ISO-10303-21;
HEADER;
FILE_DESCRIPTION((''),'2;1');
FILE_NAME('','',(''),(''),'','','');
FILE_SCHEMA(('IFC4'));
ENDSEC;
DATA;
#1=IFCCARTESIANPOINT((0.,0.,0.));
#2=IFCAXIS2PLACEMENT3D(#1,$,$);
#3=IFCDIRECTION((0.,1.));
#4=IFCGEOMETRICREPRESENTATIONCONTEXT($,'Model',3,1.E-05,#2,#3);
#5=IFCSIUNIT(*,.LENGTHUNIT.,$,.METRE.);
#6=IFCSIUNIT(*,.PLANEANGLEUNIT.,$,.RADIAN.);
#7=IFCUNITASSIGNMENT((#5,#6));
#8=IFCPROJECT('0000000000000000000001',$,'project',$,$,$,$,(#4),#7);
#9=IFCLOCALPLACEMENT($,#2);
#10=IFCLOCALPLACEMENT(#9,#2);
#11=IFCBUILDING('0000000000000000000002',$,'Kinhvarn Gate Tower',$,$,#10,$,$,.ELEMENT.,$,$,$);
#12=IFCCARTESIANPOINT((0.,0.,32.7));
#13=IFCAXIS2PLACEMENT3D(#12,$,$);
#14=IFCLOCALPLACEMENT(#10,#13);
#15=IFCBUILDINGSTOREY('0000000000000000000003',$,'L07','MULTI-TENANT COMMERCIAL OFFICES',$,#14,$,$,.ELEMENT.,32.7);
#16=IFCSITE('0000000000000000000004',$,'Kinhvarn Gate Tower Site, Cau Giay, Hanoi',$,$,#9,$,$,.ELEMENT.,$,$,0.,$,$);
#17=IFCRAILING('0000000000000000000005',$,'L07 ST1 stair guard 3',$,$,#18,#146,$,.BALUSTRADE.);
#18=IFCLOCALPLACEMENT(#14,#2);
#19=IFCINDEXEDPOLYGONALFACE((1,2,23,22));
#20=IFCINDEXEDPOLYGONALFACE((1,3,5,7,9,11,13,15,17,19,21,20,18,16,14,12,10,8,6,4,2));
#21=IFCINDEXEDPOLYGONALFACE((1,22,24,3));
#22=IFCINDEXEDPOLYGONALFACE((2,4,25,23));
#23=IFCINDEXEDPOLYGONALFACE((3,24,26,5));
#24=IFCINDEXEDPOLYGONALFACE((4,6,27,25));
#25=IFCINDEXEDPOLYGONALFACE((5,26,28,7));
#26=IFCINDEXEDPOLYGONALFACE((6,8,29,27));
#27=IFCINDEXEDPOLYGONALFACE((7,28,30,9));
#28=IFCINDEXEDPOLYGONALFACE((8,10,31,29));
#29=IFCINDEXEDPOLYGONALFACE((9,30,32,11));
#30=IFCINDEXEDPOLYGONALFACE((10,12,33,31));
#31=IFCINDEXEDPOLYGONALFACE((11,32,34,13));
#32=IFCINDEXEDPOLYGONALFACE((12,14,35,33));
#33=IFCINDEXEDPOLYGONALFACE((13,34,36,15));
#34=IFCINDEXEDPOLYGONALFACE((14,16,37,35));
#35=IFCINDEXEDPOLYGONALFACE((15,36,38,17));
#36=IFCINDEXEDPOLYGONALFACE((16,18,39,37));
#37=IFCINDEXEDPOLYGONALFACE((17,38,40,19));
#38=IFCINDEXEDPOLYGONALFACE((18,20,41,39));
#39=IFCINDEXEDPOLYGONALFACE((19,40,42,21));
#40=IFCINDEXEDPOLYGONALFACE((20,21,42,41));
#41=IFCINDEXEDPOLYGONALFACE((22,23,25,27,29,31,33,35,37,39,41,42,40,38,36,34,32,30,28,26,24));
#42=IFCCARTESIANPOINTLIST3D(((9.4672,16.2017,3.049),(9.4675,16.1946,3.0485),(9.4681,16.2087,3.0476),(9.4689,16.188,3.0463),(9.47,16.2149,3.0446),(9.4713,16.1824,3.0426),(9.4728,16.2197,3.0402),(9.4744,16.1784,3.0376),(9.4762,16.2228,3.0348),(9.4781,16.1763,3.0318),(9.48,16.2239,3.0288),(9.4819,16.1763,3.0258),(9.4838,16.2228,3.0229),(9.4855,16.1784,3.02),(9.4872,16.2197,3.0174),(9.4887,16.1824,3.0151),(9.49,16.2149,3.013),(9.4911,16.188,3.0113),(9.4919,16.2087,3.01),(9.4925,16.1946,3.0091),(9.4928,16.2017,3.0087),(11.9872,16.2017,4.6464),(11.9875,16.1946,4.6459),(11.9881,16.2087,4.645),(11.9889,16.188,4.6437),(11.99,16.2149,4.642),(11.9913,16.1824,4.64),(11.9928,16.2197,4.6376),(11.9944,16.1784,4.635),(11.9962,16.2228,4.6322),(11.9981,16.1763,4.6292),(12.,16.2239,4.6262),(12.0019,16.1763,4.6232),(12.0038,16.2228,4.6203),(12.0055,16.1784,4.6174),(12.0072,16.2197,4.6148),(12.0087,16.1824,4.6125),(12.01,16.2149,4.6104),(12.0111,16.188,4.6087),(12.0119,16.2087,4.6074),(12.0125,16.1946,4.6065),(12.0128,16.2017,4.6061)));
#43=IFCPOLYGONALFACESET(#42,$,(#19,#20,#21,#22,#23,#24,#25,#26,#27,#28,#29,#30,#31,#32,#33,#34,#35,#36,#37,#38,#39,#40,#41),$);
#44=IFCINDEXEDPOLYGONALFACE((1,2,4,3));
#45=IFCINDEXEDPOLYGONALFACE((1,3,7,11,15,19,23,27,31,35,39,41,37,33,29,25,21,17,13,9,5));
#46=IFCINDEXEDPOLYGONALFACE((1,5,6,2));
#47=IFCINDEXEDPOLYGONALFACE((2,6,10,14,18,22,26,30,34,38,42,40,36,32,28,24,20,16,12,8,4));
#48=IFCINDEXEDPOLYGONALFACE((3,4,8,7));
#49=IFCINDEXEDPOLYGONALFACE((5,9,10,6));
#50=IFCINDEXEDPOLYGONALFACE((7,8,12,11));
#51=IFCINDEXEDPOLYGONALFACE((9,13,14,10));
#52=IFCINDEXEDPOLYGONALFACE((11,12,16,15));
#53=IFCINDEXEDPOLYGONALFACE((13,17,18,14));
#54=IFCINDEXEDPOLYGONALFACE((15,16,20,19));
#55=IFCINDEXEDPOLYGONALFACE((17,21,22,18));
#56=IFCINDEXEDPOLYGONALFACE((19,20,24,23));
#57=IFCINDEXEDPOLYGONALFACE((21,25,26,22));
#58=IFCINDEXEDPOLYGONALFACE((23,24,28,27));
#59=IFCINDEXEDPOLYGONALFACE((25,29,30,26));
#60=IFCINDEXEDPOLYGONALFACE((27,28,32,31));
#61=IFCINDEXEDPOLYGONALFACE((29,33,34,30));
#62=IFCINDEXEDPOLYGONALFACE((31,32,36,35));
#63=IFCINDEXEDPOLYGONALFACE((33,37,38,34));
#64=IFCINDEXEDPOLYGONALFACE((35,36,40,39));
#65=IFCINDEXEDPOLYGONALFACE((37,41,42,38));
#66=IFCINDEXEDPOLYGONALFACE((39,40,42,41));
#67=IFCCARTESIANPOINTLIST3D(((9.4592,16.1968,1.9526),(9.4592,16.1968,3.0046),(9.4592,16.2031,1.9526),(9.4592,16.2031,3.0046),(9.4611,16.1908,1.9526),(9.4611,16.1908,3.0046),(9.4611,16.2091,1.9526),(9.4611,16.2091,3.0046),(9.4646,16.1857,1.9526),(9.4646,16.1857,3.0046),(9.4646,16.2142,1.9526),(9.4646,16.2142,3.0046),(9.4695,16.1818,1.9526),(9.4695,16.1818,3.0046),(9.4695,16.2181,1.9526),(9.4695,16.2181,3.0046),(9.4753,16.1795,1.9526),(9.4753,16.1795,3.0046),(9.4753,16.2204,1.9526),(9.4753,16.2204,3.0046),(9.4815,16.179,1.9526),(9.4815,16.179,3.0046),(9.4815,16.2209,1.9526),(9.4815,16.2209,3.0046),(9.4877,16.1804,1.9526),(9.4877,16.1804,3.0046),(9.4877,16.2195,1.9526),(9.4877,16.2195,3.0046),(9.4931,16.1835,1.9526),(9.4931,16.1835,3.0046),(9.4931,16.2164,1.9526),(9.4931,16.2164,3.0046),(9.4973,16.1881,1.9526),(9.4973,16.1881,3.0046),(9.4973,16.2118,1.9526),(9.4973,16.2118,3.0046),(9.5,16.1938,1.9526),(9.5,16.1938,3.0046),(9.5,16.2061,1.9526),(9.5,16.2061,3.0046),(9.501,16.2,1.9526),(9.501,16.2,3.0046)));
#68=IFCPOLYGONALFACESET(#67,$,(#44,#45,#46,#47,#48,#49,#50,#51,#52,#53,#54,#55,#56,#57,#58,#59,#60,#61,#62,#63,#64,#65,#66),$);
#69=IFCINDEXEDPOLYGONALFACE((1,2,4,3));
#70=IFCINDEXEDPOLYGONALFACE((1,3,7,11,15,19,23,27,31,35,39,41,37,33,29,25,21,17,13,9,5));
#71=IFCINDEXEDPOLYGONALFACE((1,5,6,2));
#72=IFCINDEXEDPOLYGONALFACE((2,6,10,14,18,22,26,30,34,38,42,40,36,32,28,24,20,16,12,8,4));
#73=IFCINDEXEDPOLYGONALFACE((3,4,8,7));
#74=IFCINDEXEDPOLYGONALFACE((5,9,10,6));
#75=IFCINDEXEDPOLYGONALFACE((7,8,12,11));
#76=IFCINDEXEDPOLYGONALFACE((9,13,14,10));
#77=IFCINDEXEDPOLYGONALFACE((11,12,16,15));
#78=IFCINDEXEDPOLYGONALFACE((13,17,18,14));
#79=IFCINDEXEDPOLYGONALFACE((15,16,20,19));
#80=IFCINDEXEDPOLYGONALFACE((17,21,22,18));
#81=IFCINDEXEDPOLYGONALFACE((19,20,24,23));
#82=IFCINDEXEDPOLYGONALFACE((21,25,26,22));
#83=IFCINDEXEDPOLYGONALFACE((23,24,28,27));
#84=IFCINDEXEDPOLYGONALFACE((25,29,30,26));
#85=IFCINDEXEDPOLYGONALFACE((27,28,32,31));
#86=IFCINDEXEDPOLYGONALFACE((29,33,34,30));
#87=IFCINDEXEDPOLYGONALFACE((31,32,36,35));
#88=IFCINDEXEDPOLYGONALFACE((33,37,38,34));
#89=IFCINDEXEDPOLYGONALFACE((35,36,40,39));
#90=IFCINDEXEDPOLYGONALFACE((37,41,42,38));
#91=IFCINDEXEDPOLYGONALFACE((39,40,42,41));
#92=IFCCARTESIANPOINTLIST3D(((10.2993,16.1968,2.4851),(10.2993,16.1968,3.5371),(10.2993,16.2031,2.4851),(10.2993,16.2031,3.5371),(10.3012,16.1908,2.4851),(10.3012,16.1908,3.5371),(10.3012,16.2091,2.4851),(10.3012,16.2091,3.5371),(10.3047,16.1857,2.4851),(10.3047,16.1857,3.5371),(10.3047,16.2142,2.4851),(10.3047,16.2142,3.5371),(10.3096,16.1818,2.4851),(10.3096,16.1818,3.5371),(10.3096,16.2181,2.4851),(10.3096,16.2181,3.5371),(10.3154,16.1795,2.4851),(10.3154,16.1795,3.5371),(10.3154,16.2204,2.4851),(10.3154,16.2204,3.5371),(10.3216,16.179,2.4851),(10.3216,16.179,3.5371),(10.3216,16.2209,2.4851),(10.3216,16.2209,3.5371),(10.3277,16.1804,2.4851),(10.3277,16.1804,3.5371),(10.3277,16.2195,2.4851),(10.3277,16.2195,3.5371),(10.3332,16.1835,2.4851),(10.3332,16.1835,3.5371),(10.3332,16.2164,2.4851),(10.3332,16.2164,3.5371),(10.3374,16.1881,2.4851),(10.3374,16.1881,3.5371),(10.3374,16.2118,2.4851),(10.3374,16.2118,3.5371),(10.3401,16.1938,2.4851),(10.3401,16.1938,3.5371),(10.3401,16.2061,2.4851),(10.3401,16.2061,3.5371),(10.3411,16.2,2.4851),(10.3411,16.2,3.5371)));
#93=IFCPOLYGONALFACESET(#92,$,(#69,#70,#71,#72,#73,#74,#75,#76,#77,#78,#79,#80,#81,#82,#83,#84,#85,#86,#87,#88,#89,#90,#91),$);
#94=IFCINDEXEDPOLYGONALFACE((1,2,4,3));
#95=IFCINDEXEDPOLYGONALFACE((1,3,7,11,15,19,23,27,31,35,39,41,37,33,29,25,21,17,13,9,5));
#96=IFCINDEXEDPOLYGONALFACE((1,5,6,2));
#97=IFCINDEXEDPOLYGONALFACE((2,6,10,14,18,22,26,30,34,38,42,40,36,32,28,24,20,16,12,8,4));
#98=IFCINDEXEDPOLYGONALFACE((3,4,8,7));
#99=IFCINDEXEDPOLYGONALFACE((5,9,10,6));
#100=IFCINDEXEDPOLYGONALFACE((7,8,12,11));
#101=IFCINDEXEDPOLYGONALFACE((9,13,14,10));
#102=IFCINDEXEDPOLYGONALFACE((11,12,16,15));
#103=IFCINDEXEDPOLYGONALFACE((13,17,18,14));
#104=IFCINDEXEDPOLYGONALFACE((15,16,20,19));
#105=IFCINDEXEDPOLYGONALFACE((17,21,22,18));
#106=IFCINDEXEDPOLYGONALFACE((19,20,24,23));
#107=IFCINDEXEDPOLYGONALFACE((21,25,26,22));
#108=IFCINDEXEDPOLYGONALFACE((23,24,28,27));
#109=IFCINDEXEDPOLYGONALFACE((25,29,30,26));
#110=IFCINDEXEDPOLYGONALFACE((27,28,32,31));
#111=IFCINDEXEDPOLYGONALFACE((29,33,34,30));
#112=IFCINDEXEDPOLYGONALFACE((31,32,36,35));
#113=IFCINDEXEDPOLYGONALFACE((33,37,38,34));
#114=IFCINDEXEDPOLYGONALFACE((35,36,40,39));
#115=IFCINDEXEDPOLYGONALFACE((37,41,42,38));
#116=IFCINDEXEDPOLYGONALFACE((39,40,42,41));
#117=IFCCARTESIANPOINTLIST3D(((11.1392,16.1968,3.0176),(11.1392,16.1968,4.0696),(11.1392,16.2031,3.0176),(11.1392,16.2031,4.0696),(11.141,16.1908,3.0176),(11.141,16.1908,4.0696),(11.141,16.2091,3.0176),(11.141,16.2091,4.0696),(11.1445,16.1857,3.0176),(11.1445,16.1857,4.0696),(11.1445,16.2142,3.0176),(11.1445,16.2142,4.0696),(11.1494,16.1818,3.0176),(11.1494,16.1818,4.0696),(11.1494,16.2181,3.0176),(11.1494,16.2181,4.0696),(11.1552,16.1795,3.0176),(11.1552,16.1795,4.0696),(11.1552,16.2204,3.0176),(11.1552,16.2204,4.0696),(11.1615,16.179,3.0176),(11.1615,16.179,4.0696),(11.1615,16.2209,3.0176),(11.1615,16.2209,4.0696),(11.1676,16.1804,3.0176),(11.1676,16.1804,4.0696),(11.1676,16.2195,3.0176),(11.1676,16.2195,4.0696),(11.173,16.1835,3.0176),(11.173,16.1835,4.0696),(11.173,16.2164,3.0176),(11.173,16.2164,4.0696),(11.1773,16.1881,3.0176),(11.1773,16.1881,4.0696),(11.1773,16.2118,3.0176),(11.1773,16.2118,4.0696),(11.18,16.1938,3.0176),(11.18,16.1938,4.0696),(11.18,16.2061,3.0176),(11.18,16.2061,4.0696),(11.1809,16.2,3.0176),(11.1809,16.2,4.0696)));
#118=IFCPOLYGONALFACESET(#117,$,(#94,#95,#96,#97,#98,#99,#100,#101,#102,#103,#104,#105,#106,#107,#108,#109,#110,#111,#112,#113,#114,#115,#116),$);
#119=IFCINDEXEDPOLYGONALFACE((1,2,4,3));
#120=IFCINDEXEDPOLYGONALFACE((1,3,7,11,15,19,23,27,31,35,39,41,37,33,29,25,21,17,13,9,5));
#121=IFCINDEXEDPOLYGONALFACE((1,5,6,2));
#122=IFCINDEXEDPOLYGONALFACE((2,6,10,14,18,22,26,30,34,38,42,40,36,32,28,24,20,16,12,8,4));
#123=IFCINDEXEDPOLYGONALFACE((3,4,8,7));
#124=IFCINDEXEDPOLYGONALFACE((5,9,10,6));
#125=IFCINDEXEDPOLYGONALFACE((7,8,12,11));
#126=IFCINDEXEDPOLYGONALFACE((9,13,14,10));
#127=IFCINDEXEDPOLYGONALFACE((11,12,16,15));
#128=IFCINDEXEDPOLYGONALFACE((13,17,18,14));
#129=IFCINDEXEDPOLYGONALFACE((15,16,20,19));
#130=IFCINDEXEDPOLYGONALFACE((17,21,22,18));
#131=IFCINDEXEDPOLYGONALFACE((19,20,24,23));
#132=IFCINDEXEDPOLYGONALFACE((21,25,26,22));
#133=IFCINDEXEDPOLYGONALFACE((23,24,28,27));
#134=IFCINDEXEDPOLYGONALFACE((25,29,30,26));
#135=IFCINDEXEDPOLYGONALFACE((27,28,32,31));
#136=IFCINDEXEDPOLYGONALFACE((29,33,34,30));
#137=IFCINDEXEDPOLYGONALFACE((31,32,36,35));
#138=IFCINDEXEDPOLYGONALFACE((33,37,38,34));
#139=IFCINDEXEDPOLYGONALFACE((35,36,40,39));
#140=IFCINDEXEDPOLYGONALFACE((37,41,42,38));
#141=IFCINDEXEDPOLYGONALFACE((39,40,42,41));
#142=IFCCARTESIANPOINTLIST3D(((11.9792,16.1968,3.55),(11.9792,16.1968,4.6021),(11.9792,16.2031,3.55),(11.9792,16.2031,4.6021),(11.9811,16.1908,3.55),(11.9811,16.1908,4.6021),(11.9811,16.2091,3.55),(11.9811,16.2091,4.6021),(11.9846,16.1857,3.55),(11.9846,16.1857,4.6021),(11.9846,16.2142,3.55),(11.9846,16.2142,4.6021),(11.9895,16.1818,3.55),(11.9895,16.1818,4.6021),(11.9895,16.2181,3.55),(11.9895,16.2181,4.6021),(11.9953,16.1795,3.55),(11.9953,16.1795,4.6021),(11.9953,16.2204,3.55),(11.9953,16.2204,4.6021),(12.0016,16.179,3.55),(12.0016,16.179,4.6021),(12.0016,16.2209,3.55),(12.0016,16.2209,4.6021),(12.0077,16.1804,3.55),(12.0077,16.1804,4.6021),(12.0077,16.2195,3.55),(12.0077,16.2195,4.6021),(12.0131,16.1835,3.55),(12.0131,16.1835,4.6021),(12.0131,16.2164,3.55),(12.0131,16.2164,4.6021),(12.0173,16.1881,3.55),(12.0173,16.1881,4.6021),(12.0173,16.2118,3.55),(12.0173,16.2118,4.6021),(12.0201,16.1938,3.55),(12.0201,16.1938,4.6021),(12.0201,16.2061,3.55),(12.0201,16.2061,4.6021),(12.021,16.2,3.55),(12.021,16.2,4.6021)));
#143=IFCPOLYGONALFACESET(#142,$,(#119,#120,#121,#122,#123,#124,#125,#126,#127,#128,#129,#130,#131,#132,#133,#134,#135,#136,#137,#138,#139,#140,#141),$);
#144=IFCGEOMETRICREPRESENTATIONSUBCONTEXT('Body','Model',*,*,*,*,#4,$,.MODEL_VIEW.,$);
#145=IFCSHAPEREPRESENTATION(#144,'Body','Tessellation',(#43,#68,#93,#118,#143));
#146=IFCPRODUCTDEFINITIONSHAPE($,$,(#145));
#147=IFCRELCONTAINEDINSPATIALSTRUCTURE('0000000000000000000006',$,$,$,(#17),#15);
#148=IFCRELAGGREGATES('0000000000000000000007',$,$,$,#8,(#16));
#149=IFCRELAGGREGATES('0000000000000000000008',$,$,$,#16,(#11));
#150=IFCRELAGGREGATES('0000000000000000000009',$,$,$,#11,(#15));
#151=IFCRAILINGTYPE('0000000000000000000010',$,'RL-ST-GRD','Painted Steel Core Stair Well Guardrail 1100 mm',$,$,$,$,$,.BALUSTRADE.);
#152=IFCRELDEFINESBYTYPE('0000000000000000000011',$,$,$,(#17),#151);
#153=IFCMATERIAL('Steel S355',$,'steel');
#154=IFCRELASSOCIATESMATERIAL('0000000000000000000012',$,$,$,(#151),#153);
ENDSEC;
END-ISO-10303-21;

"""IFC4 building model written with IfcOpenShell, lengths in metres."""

from ifc_helpers import new_model, si_unit, direction, frame, origin, origin_2d, place, context, subcontext, project, spatial, circle, extrude, material, type_object, element, save


model = new_model("IFC4")

# Units and contexts
model_context = context("Model", 3, precision=1e-05, world=origin(), true_north=direction((0.0, 1.0)))
body_context = subcontext(model_context, "Body", "Model", "MODEL_VIEW")
ifc_project = project(units=[si_unit("LENGTHUNIT", "METRE"), si_unit("PLANEANGLEUNIT", "RADIAN")], contexts=[model_context])

# Site, building, storey
site_placement = place(None, origin())
site = spatial("IfcSite", under=ifc_project, at=site_placement, Name="Kinhvarn Gate Tower Site, Cau Giay, Hanoi", CompositionType="ELEMENT", RefElevation=0.0)
building_placement = place(site_placement, origin())
building = spatial("IfcBuilding", under=site, at=building_placement, Name="Kinhvarn Gate Tower", CompositionType="ELEMENT")
storey_placement = place(building_placement, frame((0.0, 0.0, 32.7)))
storey = spatial("IfcBuildingStorey", under=building, at=storey_placement, Name="L07", Description="MULTI-TENANT COMMERCIAL OFFICES", CompositionType="ELEMENT", Elevation=32.7)

# Shared definitions
ifc_material_1 = material(Name="Steel S355", Category="steel")

# Railing
railing_type_1 = type_object("IfcRailingType", Name="RL-ST-GRD", Description="Painted Steel Core Stair Well Guardrail 1100 mm", PredefinedType="BALUSTRADE", material=ifc_material_1)
railing_1_placement = place(storey_placement, frame((9.48, 16.2, 1.9526)))
element("IfcRailing", 1, at=railing_1_placement, inside=storey, type_object=railing_type_1, Name="L07 ST1 stair guard 3", PredefinedType="BALUSTRADE", context=body_context, shape_type="SweptSolid", body=[
    extrude(circle(Radius=0.0239, at=origin_2d()), frame((0.0, 0.0, 1.0762), z_axis=(0.844607, 0.0, 0.535387), x_axis=(0.0, 1.0, 0.0)), (0.0, 0.0, 1.0), 2.9836),
    extrude(circle(Radius=0.021, at=origin_2d()), origin(), (0.0, 0.0, 1.0), 1.052),
    extrude(circle(Radius=0.021, at=origin_2d()), frame((0.8401, 0.0, 0.5325)), (0.0, 0.0, 1.0), 1.052),
    extrude(circle(Radius=0.021, at=origin_2d()), frame((1.6799, 0.0, 1.0649)), (0.0, 0.0, 1.0), 1.052),
    extrude(circle(Radius=0.021, at=origin_2d()), frame((2.52, 0.0, 1.5974)), (0.0, 0.0, 1.0), 1.052),
])

save(model, "model.ifc")
